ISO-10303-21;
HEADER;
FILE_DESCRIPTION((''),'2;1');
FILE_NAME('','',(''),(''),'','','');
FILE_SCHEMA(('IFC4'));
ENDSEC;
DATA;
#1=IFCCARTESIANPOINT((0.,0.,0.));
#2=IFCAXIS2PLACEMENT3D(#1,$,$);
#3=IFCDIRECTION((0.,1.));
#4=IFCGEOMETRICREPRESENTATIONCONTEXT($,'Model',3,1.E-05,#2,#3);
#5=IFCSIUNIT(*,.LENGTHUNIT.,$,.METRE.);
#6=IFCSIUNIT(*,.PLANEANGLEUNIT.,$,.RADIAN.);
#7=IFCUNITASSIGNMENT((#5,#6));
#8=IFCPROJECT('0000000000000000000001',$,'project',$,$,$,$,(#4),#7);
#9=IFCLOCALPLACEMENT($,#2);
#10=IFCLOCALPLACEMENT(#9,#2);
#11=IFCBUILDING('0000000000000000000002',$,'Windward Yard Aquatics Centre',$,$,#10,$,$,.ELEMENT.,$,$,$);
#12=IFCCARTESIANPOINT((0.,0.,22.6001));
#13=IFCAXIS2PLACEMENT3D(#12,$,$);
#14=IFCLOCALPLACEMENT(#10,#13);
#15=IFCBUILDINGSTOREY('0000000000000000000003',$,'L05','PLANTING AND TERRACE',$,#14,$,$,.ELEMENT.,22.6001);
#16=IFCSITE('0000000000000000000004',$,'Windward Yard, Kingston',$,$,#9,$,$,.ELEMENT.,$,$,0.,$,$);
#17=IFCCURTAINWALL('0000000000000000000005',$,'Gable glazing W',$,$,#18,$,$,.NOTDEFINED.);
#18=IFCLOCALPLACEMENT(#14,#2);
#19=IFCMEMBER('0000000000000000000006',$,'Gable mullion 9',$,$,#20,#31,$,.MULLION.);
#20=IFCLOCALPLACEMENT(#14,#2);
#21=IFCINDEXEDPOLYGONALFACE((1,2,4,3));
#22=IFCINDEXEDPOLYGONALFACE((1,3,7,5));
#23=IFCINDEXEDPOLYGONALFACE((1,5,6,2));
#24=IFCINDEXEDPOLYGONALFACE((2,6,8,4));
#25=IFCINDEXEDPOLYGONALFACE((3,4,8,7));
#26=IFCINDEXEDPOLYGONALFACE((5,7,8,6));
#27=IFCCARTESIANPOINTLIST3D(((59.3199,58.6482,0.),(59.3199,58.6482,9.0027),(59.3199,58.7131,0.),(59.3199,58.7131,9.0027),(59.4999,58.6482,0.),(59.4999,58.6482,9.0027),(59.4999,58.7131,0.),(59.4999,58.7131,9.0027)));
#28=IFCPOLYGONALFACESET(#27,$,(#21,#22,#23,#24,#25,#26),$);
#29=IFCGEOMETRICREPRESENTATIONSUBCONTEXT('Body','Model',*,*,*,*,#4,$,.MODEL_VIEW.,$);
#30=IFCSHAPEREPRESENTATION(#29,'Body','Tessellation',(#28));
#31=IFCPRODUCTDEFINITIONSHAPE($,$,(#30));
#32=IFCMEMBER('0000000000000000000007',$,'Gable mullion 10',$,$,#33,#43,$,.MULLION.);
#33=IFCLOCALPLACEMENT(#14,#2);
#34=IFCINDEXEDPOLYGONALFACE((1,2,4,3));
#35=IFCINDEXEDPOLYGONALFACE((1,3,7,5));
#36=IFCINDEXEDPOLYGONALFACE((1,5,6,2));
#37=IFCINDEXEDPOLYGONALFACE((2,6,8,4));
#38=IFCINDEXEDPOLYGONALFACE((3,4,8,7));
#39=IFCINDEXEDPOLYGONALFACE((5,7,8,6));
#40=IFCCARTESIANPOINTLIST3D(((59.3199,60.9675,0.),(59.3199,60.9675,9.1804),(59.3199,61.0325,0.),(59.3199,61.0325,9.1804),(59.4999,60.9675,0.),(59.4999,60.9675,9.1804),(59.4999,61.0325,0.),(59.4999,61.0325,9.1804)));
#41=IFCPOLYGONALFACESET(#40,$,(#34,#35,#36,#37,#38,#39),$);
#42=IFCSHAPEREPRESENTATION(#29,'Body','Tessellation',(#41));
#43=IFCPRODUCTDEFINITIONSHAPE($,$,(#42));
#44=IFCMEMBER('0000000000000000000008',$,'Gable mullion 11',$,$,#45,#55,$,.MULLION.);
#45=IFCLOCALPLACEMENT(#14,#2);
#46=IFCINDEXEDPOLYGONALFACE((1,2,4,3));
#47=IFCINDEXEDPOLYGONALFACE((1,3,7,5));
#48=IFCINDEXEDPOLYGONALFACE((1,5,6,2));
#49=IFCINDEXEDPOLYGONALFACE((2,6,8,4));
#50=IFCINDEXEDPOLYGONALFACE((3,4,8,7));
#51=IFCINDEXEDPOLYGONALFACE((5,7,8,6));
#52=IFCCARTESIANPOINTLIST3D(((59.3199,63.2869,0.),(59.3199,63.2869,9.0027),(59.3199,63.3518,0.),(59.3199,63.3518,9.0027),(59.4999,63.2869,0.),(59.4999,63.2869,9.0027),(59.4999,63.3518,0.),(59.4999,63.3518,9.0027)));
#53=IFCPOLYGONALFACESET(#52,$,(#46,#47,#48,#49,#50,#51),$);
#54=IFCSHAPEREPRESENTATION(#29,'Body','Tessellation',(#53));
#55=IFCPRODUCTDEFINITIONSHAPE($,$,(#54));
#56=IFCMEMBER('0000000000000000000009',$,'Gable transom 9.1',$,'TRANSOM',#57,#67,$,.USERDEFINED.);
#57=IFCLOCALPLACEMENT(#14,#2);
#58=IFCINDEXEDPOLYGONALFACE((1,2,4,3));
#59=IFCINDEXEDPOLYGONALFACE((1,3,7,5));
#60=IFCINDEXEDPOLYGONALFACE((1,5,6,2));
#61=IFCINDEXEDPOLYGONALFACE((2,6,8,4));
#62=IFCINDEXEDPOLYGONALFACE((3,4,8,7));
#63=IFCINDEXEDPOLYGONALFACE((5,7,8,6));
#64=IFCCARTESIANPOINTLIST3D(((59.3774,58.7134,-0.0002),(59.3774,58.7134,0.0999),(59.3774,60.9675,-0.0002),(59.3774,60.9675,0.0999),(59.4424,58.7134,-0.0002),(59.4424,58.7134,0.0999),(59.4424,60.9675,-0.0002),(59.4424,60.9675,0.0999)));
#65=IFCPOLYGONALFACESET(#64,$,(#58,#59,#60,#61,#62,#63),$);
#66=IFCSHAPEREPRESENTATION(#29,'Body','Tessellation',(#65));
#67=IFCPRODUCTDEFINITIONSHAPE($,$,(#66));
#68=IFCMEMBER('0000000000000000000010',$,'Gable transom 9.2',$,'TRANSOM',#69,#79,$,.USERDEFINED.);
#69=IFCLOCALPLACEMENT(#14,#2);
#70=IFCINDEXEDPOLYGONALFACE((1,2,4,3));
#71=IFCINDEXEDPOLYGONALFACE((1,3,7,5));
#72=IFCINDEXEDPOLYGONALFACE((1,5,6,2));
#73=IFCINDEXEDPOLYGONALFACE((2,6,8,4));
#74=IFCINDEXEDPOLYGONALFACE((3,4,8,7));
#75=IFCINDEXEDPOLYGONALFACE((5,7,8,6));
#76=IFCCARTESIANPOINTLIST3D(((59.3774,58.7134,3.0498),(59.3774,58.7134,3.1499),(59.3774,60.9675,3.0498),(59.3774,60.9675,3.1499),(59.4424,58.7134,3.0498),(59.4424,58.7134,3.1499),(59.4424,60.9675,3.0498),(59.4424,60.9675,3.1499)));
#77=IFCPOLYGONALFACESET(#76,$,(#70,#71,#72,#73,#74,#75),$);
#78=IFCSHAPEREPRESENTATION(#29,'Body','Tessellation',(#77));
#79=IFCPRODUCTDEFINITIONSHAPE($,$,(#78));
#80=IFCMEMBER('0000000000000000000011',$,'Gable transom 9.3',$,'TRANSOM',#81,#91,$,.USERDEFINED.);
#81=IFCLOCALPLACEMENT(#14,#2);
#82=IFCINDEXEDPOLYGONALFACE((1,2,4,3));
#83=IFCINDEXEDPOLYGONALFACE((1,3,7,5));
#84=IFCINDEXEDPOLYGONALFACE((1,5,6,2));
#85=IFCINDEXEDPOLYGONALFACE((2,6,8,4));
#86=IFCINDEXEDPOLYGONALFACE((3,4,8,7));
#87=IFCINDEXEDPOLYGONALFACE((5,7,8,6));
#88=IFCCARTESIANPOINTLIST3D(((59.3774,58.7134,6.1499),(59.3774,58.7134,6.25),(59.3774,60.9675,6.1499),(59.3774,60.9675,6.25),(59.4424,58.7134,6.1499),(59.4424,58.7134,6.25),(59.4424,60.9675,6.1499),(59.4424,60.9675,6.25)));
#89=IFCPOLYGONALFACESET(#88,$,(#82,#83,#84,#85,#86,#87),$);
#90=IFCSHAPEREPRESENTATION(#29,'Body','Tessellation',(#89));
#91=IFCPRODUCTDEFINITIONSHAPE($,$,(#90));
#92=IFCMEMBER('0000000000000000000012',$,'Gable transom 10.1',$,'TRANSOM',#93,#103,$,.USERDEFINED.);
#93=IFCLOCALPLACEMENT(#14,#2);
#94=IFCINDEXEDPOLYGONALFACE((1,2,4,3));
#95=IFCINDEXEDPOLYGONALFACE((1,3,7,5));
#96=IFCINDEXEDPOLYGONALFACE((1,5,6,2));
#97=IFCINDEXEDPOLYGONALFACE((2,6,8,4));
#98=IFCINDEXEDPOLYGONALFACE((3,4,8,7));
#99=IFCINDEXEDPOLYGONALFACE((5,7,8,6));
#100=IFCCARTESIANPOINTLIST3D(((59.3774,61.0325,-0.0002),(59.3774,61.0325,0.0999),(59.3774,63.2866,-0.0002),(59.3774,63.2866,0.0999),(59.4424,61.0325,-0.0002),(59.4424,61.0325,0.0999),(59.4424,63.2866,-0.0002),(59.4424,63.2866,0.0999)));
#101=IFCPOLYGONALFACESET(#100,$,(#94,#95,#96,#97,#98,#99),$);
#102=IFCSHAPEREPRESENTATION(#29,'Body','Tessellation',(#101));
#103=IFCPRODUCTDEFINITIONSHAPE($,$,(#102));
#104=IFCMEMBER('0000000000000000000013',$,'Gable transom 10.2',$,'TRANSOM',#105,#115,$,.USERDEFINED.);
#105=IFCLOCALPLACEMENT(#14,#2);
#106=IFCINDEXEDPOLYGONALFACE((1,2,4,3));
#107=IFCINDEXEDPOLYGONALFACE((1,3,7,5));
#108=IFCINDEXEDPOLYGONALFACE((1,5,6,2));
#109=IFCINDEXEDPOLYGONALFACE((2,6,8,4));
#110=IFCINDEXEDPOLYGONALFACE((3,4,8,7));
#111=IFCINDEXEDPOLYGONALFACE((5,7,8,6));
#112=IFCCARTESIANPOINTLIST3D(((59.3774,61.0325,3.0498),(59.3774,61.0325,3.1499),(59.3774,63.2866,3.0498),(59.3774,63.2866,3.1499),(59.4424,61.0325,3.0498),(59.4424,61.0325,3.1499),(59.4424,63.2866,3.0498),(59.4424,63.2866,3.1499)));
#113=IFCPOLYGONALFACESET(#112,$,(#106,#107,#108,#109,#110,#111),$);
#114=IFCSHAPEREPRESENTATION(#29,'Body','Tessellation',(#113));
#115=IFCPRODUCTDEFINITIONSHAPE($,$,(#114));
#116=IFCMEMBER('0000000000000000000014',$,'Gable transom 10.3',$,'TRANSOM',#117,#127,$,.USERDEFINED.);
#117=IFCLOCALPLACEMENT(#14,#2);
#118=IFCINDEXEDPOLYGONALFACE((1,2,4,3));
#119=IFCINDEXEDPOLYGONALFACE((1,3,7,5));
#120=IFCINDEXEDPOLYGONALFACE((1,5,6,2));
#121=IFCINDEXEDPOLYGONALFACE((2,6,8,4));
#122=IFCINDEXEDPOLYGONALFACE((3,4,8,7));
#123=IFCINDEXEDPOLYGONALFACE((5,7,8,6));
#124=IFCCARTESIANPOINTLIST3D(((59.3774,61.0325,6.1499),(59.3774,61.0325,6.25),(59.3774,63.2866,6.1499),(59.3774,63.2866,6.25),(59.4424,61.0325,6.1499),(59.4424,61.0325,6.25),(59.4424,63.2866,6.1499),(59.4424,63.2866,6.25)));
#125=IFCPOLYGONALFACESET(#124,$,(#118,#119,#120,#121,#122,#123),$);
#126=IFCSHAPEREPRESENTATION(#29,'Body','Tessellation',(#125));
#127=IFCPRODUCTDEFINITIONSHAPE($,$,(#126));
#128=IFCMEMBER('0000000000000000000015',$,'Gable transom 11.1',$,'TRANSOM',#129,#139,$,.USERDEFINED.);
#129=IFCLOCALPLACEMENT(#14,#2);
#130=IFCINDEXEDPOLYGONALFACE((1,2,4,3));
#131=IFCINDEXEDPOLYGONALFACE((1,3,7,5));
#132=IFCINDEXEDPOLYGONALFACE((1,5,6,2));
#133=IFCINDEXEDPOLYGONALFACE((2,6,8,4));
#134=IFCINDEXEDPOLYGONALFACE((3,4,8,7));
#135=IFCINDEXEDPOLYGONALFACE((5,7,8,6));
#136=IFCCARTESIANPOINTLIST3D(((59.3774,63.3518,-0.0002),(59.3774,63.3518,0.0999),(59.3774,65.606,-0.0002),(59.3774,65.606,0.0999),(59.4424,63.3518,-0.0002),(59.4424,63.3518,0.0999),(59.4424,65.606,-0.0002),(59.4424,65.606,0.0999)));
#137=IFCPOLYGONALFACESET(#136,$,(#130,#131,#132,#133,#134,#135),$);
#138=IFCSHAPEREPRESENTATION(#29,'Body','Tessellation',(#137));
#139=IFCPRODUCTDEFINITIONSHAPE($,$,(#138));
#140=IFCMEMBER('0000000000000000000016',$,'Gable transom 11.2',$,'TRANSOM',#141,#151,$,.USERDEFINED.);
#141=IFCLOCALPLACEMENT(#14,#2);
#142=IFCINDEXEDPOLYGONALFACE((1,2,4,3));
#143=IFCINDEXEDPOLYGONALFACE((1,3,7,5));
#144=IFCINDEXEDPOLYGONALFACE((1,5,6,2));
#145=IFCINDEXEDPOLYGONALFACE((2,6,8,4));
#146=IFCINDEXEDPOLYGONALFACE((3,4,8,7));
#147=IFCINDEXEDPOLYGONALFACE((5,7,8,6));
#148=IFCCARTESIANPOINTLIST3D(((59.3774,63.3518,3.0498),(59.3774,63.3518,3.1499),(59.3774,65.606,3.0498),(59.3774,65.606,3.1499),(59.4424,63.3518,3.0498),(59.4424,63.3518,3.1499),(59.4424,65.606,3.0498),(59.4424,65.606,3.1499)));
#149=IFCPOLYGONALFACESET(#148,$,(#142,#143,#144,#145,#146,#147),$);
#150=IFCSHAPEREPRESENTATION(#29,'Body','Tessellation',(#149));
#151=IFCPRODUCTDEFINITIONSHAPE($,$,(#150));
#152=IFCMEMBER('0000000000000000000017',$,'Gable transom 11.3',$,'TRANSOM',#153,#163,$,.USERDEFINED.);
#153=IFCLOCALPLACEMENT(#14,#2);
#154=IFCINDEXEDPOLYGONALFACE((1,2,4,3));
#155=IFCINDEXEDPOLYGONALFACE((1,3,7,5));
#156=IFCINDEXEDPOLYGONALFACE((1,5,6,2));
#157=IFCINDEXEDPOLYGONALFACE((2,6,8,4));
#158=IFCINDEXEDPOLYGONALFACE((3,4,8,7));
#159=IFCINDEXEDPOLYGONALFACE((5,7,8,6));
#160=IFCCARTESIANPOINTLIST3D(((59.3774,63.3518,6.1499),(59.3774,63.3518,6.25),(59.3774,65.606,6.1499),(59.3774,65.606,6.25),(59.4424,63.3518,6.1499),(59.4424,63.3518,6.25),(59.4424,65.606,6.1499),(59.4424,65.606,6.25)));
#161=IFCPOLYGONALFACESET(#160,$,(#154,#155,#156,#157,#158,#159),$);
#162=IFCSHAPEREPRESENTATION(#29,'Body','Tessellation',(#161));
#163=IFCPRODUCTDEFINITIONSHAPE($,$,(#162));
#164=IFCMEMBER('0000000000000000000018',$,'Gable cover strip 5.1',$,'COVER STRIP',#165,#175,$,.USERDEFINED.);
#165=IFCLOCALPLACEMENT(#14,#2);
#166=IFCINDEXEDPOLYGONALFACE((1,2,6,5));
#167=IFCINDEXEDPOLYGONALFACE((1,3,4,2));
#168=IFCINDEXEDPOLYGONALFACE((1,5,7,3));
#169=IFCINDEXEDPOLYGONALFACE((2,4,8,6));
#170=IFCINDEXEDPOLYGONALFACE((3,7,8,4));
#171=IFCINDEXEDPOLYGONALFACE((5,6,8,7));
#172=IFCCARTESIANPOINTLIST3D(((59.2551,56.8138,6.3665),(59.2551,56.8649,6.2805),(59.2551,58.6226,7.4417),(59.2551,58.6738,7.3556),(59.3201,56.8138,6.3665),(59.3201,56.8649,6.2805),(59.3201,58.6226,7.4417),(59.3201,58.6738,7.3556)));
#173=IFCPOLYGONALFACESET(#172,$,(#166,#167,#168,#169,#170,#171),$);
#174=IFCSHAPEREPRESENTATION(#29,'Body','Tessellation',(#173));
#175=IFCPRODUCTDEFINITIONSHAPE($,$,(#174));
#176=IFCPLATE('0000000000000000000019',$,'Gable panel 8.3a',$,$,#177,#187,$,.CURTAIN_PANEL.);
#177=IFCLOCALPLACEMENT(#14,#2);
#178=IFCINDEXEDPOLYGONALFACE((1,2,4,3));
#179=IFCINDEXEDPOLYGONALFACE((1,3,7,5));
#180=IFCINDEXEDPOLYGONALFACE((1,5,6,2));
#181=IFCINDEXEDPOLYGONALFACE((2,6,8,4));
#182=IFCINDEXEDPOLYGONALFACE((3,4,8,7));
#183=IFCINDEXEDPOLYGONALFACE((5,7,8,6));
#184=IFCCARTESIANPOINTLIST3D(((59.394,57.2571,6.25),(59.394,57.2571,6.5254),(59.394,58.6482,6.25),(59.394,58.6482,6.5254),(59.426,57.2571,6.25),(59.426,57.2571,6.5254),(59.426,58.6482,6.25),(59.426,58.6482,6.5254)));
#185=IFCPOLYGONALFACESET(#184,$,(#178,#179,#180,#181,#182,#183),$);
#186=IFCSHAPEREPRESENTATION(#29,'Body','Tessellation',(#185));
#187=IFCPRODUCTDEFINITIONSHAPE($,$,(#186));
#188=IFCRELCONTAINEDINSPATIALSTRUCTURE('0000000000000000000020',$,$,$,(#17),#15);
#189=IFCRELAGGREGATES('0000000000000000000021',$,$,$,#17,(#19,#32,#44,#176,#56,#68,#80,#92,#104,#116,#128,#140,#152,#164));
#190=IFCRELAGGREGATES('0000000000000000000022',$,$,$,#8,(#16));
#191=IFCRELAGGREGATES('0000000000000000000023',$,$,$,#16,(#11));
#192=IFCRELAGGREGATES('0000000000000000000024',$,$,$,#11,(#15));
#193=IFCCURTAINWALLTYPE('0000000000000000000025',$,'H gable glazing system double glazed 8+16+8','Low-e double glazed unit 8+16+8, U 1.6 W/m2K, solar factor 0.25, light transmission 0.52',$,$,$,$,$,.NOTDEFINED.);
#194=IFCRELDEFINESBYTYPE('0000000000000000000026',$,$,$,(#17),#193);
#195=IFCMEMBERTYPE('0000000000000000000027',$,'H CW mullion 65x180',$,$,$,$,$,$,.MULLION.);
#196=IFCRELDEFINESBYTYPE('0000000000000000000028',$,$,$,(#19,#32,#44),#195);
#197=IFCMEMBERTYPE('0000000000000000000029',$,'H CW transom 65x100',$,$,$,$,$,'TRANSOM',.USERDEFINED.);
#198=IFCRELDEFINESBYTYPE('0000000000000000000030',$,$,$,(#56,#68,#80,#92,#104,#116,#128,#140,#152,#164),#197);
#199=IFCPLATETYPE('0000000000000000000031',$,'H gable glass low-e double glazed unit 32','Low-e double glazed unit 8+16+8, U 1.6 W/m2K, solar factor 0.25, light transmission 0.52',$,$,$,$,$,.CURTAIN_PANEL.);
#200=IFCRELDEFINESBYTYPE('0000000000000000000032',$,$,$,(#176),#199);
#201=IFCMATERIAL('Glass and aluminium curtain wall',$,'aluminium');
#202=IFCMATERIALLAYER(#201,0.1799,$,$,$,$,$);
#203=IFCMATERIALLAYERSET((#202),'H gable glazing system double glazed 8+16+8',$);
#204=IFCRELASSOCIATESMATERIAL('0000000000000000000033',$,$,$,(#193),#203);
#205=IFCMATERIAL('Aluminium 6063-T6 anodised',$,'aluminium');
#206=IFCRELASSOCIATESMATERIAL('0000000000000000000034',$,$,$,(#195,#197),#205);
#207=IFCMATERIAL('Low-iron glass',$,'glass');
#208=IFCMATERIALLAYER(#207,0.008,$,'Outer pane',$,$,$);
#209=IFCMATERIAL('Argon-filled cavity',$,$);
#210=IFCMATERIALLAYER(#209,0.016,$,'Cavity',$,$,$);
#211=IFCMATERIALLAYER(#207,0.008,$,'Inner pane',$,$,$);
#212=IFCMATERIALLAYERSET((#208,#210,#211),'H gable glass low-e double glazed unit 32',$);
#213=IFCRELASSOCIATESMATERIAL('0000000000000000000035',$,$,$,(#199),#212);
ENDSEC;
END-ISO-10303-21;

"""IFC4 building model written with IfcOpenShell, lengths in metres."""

from ifc_helpers import new_model, si_unit, direction, frame, origin, origin_2d, place, context, subcontext, project, spatial, polyline, rectangle, outline, extrude, material, layer, layer_set, material_profile, profile_set, type_object, element, aggregate, save


model = new_model("IFC4")

# Units and contexts
model_context = context("Model", 3, precision=1e-05, world=origin(), true_north=direction((0.0, 1.0)))
body_context = subcontext(model_context, "Body", "Model", "MODEL_VIEW")
ifc_project = project(units=[si_unit("LENGTHUNIT", "METRE"), si_unit("PLANEANGLEUNIT", "RADIAN")], contexts=[model_context])

# Site, building, storey
site_placement = place(None, origin())
site = spatial("IfcSite", under=ifc_project, at=site_placement, Name="Windward Yard, Kingston", CompositionType="ELEMENT", RefElevation=0.0)
building_placement = place(site_placement, origin())
building = spatial("IfcBuilding", under=site, at=building_placement, Name="Windward Yard Aquatics Centre", CompositionType="ELEMENT")
storey_placement = place(building_placement, frame((0.0, 0.0, 22.6001)))
storey = spatial("IfcBuildingStorey", under=building, at=storey_placement, Name="L05", Description="PLANTING AND TERRACE", CompositionType="ELEMENT", Elevation=22.6001)

# Curtain wall, members, plate
ifc_material_1 = material(Name="Glass and aluminium curtain wall", Category="aluminium")
ifc_layer_1 = layer(ifc_material_1, 0.1799)
ifc_layer_set_1 = layer_set([ifc_layer_1], Name="H gable glazing system double glazed 8+16+8")
curtain_wall_type = type_object("IfcCurtainWallType", Name="H gable glazing system double glazed 8+16+8", Description="Low-e double glazed unit 8+16+8, U 1.6 W/m2K, solar factor 0.25, light transmission 0.52", PredefinedType="NOTDEFINED", material=ifc_layer_set_1)
curtain_wall_placement = place(storey_placement, origin())
curtain_wall = element("IfcCurtainWall", 1, at=curtain_wall_placement, inside=storey, type_object=curtain_wall_type, Name="Gable glazing W", PredefinedType="NOTDEFINED")
ifc_material_2 = material(Name="Aluminium 6063-T6 anodised", Category="aluminium")
ifc_material_profile_1 = material_profile(ifc_material_2, rectangle(XDim=0.0649, YDim=0.1799, at=origin_2d()), Name="H CW mullion 65x180")
ifc_profile_set_1 = profile_set([ifc_material_profile_1], Name="Aluminium 6063-T6 anodised")
member_type_1 = type_object("IfcMemberType", Name="H CW mullion 65x180", PredefinedType="MULLION", material=ifc_profile_set_1)
member_1_placement = place(storey_placement, frame((59.4099, 58.6807, 0.0), z_axis=(0.0, 0.0, 1.0), x_axis=(0.0, 1.0, 0.0)))
member_1 = element("IfcMember", 2, at=member_1_placement, type_object=member_type_1, Name="Gable mullion 9", PredefinedType="MULLION", context=body_context, shape_type="SweptSolid", body=[
    extrude(rectangle(XDim=0.0649, YDim=0.1799, at=origin_2d()), origin(), (0.0, 0.0, 1.0), 9.0027),
])
member_2_placement = place(storey_placement, frame((59.4099, 61.0, 0.0), z_axis=(0.0, 0.0, 1.0), x_axis=(0.0, 1.0, 0.0)))
member_2 = element("IfcMember", 3, at=member_2_placement, type_object=member_type_1, Name="Gable mullion 10", PredefinedType="MULLION", context=body_context, shape_type="SweptSolid", body=[
    extrude(rectangle(XDim=0.0649, YDim=0.1799, at=origin_2d()), origin(), (0.0, 0.0, 1.0), 9.1804),
])
member_3_placement = place(storey_placement, frame((59.4099, 63.3193, 0.0), z_axis=(0.0, 0.0, 1.0), x_axis=(0.0, 1.0, 0.0)))
member_3 = element("IfcMember", 4, at=member_3_placement, type_object=member_type_1, Name="Gable mullion 11", PredefinedType="MULLION", context=body_context, shape_type="SweptSolid", body=[
    extrude(rectangle(XDim=0.0649, YDim=0.1799, at=origin_2d()), origin(), (0.0, 0.0, 1.0), 9.0027),
])
ifc_material_profile_2 = material_profile(ifc_material_2, rectangle(XDim=0.0649, YDim=0.1001, at=origin_2d()), Name="H CW transom 65x100")
ifc_profile_set_2 = profile_set([ifc_material_profile_2], Name="Aluminium 6063-T6 anodised")
member_type_2 = type_object("IfcMemberType", Name="H CW transom 65x100", ElementType="TRANSOM", PredefinedType="USERDEFINED", material=ifc_profile_set_2)
member_4_placement = place(storey_placement, frame((59.4099, 58.7134, 0.0498), z_axis=(0.0, 1.0, 0.0), x_axis=(-1.0, 0.0, 0.0)))
member_4 = element("IfcMember", 5, at=member_4_placement, type_object=member_type_2, Name="Gable transom 9.1", ObjectType="TRANSOM", PredefinedType="USERDEFINED", context=body_context, shape_type="SweptSolid", body=[
    extrude(rectangle(XDim=0.0649, YDim=0.1001, at=origin_2d()), origin(), (0.0, 0.0, 1.0), 2.2542),
])
member_5_placement = place(storey_placement, frame((59.4099, 58.7134, 3.0999), z_axis=(0.0, 1.0, 0.0), x_axis=(-1.0, 0.0, 0.0)))
member_5 = element("IfcMember", 6, at=member_5_placement, type_object=member_type_2, Name="Gable transom 9.2", ObjectType="TRANSOM", PredefinedType="USERDEFINED", context=body_context, shape_type="SweptSolid", body=[
    extrude(rectangle(XDim=0.0649, YDim=0.1001, at=origin_2d()), origin(), (0.0, 0.0, 1.0), 2.2542),
])
member_6_placement = place(storey_placement, frame((59.4099, 58.7134, 6.2), z_axis=(0.0, 1.0, 0.0), x_axis=(-1.0, 0.0, 0.0)))
member_6 = element("IfcMember", 7, at=member_6_placement, type_object=member_type_2, Name="Gable transom 9.3", ObjectType="TRANSOM", PredefinedType="USERDEFINED", context=body_context, shape_type="SweptSolid", body=[
    extrude(rectangle(XDim=0.0649, YDim=0.1001, at=origin_2d()), origin(), (0.0, 0.0, 1.0), 2.2542),
])
member_7_placement = place(storey_placement, frame((59.4099, 61.0325, 0.0498), z_axis=(0.0, 1.0, 0.0), x_axis=(-1.0, 0.0, 0.0)))
member_7 = element("IfcMember", 8, at=member_7_placement, type_object=member_type_2, Name="Gable transom 10.1", ObjectType="TRANSOM", PredefinedType="USERDEFINED", context=body_context, shape_type="SweptSolid", body=[
    extrude(rectangle(XDim=0.0649, YDim=0.1001, at=origin_2d()), origin(), (0.0, 0.0, 1.0), 2.2542),
])
member_8_placement = place(storey_placement, frame((59.4099, 61.0325, 3.0999), z_axis=(0.0, 1.0, 0.0), x_axis=(-1.0, 0.0, 0.0)))
member_8 = element("IfcMember", 9, at=member_8_placement, type_object=member_type_2, Name="Gable transom 10.2", ObjectType="TRANSOM", PredefinedType="USERDEFINED", context=body_context, shape_type="SweptSolid", body=[
    extrude(rectangle(XDim=0.0649, YDim=0.1001, at=origin_2d()), origin(), (0.0, 0.0, 1.0), 2.2542),
])
member_9_placement = place(storey_placement, frame((59.4099, 61.0325, 6.2), z_axis=(0.0, 1.0, 0.0), x_axis=(-1.0, 0.0, 0.0)))
member_9 = element("IfcMember", 10, at=member_9_placement, type_object=member_type_2, Name="Gable transom 10.3", ObjectType="TRANSOM", PredefinedType="USERDEFINED", context=body_context, shape_type="SweptSolid", body=[
    extrude(rectangle(XDim=0.0649, YDim=0.1001, at=origin_2d()), origin(), (0.0, 0.0, 1.0), 2.2542),
])
member_10_placement = place(storey_placement, frame((59.4099, 63.3518, 0.0498), z_axis=(0.0, 1.0, 0.0), x_axis=(-1.0, 0.0, 0.0)))
member_10 = element("IfcMember", 11, at=member_10_placement, type_object=member_type_2, Name="Gable transom 11.1", ObjectType="TRANSOM", PredefinedType="USERDEFINED", context=body_context, shape_type="SweptSolid", body=[
    extrude(rectangle(XDim=0.0649, YDim=0.1001, at=origin_2d()), origin(), (0.0, 0.0, 1.0), 2.2542),
])
member_11_placement = place(storey_placement, frame((59.4099, 63.3518, 3.0999), z_axis=(0.0, 1.0, 0.0), x_axis=(-1.0, 0.0, 0.0)))
member_11 = element("IfcMember", 12, at=member_11_placement, type_object=member_type_2, Name="Gable transom 11.2", ObjectType="TRANSOM", PredefinedType="USERDEFINED", context=body_context, shape_type="SweptSolid", body=[
    extrude(rectangle(XDim=0.0649, YDim=0.1001, at=origin_2d()), origin(), (0.0, 0.0, 1.0), 2.2542),
])
member_12_placement = place(storey_placement, frame((59.4099, 63.3518, 6.2), z_axis=(0.0, 1.0, 0.0), x_axis=(-1.0, 0.0, 0.0)))
member_12 = element("IfcMember", 13, at=member_12_placement, type_object=member_type_2, Name="Gable transom 11.3", ObjectType="TRANSOM", PredefinedType="USERDEFINED", context=body_context, shape_type="SweptSolid", body=[
    extrude(rectangle(XDim=0.0649, YDim=0.1001, at=origin_2d()), origin(), (0.0, 0.0, 1.0), 2.2542),
])
member_13_placement = place(storey_placement, frame((59.2876, 56.8394, 6.3235), z_axis=(0.0, 0.859605, 0.51096), x_axis=(-1.0, 0.0, 0.0)))
member_13 = element("IfcMember", 14, at=member_13_placement, type_object=member_type_2, Name="Gable cover strip 5.1", ObjectType="COVER STRIP", PredefinedType="USERDEFINED", context=body_context, shape_type="SweptSolid", body=[
    extrude(rectangle(XDim=0.0649, YDim=0.1001, at=origin_2d()), origin(), (0.0, 0.0, 1.0), 2.1042),
])
ifc_material_3 = material(Name="Low-iron glass", Category="glass")
ifc_layer_2 = layer(ifc_material_3, 0.008, Name="Outer pane")
ifc_material_4 = material(Name="Argon-filled cavity")
ifc_layer_3 = layer(ifc_material_4, 0.016, Name="Cavity")
ifc_layer_4 = layer(ifc_material_3, 0.008, Name="Inner pane")
ifc_layer_set_2 = layer_set([ifc_layer_2, ifc_layer_3, ifc_layer_4], Name="H gable glass low-e double glazed unit 32")
plate_type = type_object("IfcPlateType", Name="H gable glass low-e double glazed unit 32", Description="Low-e double glazed unit 8+16+8, U 1.6 W/m2K, solar factor 0.25, light transmission 0.52", PredefinedType="CURTAIN_PANEL", material=ifc_layer_set_2)
plate_1_placement = place(storey_placement, frame((59.426, 57.2571, 6.25), z_axis=(1.0, 0.0, 0.0), x_axis=(0.0, 1.0, 0.0)))
plate_1 = element("IfcPlate", 15, at=plate_1_placement, type_object=plate_type, Name="Gable panel 8.3a", PredefinedType="CURTAIN_PANEL", context=body_context, shape_type="SweptSolid", body=[
    extrude(outline(polyline([(0.0, 0.0), (1.3911, 0.0), (1.3911, 0.2754), (0.0, 0.2754), (0.0, 0.0)])), origin(), (0.0, 0.0, -1.0), 0.032),
])
aggregate(curtain_wall, [member_1, member_2, member_3, plate_1, member_4, member_5, member_6, member_7, member_8, member_9, member_10, member_11, member_12, member_13])

save(model, "model.ifc")
